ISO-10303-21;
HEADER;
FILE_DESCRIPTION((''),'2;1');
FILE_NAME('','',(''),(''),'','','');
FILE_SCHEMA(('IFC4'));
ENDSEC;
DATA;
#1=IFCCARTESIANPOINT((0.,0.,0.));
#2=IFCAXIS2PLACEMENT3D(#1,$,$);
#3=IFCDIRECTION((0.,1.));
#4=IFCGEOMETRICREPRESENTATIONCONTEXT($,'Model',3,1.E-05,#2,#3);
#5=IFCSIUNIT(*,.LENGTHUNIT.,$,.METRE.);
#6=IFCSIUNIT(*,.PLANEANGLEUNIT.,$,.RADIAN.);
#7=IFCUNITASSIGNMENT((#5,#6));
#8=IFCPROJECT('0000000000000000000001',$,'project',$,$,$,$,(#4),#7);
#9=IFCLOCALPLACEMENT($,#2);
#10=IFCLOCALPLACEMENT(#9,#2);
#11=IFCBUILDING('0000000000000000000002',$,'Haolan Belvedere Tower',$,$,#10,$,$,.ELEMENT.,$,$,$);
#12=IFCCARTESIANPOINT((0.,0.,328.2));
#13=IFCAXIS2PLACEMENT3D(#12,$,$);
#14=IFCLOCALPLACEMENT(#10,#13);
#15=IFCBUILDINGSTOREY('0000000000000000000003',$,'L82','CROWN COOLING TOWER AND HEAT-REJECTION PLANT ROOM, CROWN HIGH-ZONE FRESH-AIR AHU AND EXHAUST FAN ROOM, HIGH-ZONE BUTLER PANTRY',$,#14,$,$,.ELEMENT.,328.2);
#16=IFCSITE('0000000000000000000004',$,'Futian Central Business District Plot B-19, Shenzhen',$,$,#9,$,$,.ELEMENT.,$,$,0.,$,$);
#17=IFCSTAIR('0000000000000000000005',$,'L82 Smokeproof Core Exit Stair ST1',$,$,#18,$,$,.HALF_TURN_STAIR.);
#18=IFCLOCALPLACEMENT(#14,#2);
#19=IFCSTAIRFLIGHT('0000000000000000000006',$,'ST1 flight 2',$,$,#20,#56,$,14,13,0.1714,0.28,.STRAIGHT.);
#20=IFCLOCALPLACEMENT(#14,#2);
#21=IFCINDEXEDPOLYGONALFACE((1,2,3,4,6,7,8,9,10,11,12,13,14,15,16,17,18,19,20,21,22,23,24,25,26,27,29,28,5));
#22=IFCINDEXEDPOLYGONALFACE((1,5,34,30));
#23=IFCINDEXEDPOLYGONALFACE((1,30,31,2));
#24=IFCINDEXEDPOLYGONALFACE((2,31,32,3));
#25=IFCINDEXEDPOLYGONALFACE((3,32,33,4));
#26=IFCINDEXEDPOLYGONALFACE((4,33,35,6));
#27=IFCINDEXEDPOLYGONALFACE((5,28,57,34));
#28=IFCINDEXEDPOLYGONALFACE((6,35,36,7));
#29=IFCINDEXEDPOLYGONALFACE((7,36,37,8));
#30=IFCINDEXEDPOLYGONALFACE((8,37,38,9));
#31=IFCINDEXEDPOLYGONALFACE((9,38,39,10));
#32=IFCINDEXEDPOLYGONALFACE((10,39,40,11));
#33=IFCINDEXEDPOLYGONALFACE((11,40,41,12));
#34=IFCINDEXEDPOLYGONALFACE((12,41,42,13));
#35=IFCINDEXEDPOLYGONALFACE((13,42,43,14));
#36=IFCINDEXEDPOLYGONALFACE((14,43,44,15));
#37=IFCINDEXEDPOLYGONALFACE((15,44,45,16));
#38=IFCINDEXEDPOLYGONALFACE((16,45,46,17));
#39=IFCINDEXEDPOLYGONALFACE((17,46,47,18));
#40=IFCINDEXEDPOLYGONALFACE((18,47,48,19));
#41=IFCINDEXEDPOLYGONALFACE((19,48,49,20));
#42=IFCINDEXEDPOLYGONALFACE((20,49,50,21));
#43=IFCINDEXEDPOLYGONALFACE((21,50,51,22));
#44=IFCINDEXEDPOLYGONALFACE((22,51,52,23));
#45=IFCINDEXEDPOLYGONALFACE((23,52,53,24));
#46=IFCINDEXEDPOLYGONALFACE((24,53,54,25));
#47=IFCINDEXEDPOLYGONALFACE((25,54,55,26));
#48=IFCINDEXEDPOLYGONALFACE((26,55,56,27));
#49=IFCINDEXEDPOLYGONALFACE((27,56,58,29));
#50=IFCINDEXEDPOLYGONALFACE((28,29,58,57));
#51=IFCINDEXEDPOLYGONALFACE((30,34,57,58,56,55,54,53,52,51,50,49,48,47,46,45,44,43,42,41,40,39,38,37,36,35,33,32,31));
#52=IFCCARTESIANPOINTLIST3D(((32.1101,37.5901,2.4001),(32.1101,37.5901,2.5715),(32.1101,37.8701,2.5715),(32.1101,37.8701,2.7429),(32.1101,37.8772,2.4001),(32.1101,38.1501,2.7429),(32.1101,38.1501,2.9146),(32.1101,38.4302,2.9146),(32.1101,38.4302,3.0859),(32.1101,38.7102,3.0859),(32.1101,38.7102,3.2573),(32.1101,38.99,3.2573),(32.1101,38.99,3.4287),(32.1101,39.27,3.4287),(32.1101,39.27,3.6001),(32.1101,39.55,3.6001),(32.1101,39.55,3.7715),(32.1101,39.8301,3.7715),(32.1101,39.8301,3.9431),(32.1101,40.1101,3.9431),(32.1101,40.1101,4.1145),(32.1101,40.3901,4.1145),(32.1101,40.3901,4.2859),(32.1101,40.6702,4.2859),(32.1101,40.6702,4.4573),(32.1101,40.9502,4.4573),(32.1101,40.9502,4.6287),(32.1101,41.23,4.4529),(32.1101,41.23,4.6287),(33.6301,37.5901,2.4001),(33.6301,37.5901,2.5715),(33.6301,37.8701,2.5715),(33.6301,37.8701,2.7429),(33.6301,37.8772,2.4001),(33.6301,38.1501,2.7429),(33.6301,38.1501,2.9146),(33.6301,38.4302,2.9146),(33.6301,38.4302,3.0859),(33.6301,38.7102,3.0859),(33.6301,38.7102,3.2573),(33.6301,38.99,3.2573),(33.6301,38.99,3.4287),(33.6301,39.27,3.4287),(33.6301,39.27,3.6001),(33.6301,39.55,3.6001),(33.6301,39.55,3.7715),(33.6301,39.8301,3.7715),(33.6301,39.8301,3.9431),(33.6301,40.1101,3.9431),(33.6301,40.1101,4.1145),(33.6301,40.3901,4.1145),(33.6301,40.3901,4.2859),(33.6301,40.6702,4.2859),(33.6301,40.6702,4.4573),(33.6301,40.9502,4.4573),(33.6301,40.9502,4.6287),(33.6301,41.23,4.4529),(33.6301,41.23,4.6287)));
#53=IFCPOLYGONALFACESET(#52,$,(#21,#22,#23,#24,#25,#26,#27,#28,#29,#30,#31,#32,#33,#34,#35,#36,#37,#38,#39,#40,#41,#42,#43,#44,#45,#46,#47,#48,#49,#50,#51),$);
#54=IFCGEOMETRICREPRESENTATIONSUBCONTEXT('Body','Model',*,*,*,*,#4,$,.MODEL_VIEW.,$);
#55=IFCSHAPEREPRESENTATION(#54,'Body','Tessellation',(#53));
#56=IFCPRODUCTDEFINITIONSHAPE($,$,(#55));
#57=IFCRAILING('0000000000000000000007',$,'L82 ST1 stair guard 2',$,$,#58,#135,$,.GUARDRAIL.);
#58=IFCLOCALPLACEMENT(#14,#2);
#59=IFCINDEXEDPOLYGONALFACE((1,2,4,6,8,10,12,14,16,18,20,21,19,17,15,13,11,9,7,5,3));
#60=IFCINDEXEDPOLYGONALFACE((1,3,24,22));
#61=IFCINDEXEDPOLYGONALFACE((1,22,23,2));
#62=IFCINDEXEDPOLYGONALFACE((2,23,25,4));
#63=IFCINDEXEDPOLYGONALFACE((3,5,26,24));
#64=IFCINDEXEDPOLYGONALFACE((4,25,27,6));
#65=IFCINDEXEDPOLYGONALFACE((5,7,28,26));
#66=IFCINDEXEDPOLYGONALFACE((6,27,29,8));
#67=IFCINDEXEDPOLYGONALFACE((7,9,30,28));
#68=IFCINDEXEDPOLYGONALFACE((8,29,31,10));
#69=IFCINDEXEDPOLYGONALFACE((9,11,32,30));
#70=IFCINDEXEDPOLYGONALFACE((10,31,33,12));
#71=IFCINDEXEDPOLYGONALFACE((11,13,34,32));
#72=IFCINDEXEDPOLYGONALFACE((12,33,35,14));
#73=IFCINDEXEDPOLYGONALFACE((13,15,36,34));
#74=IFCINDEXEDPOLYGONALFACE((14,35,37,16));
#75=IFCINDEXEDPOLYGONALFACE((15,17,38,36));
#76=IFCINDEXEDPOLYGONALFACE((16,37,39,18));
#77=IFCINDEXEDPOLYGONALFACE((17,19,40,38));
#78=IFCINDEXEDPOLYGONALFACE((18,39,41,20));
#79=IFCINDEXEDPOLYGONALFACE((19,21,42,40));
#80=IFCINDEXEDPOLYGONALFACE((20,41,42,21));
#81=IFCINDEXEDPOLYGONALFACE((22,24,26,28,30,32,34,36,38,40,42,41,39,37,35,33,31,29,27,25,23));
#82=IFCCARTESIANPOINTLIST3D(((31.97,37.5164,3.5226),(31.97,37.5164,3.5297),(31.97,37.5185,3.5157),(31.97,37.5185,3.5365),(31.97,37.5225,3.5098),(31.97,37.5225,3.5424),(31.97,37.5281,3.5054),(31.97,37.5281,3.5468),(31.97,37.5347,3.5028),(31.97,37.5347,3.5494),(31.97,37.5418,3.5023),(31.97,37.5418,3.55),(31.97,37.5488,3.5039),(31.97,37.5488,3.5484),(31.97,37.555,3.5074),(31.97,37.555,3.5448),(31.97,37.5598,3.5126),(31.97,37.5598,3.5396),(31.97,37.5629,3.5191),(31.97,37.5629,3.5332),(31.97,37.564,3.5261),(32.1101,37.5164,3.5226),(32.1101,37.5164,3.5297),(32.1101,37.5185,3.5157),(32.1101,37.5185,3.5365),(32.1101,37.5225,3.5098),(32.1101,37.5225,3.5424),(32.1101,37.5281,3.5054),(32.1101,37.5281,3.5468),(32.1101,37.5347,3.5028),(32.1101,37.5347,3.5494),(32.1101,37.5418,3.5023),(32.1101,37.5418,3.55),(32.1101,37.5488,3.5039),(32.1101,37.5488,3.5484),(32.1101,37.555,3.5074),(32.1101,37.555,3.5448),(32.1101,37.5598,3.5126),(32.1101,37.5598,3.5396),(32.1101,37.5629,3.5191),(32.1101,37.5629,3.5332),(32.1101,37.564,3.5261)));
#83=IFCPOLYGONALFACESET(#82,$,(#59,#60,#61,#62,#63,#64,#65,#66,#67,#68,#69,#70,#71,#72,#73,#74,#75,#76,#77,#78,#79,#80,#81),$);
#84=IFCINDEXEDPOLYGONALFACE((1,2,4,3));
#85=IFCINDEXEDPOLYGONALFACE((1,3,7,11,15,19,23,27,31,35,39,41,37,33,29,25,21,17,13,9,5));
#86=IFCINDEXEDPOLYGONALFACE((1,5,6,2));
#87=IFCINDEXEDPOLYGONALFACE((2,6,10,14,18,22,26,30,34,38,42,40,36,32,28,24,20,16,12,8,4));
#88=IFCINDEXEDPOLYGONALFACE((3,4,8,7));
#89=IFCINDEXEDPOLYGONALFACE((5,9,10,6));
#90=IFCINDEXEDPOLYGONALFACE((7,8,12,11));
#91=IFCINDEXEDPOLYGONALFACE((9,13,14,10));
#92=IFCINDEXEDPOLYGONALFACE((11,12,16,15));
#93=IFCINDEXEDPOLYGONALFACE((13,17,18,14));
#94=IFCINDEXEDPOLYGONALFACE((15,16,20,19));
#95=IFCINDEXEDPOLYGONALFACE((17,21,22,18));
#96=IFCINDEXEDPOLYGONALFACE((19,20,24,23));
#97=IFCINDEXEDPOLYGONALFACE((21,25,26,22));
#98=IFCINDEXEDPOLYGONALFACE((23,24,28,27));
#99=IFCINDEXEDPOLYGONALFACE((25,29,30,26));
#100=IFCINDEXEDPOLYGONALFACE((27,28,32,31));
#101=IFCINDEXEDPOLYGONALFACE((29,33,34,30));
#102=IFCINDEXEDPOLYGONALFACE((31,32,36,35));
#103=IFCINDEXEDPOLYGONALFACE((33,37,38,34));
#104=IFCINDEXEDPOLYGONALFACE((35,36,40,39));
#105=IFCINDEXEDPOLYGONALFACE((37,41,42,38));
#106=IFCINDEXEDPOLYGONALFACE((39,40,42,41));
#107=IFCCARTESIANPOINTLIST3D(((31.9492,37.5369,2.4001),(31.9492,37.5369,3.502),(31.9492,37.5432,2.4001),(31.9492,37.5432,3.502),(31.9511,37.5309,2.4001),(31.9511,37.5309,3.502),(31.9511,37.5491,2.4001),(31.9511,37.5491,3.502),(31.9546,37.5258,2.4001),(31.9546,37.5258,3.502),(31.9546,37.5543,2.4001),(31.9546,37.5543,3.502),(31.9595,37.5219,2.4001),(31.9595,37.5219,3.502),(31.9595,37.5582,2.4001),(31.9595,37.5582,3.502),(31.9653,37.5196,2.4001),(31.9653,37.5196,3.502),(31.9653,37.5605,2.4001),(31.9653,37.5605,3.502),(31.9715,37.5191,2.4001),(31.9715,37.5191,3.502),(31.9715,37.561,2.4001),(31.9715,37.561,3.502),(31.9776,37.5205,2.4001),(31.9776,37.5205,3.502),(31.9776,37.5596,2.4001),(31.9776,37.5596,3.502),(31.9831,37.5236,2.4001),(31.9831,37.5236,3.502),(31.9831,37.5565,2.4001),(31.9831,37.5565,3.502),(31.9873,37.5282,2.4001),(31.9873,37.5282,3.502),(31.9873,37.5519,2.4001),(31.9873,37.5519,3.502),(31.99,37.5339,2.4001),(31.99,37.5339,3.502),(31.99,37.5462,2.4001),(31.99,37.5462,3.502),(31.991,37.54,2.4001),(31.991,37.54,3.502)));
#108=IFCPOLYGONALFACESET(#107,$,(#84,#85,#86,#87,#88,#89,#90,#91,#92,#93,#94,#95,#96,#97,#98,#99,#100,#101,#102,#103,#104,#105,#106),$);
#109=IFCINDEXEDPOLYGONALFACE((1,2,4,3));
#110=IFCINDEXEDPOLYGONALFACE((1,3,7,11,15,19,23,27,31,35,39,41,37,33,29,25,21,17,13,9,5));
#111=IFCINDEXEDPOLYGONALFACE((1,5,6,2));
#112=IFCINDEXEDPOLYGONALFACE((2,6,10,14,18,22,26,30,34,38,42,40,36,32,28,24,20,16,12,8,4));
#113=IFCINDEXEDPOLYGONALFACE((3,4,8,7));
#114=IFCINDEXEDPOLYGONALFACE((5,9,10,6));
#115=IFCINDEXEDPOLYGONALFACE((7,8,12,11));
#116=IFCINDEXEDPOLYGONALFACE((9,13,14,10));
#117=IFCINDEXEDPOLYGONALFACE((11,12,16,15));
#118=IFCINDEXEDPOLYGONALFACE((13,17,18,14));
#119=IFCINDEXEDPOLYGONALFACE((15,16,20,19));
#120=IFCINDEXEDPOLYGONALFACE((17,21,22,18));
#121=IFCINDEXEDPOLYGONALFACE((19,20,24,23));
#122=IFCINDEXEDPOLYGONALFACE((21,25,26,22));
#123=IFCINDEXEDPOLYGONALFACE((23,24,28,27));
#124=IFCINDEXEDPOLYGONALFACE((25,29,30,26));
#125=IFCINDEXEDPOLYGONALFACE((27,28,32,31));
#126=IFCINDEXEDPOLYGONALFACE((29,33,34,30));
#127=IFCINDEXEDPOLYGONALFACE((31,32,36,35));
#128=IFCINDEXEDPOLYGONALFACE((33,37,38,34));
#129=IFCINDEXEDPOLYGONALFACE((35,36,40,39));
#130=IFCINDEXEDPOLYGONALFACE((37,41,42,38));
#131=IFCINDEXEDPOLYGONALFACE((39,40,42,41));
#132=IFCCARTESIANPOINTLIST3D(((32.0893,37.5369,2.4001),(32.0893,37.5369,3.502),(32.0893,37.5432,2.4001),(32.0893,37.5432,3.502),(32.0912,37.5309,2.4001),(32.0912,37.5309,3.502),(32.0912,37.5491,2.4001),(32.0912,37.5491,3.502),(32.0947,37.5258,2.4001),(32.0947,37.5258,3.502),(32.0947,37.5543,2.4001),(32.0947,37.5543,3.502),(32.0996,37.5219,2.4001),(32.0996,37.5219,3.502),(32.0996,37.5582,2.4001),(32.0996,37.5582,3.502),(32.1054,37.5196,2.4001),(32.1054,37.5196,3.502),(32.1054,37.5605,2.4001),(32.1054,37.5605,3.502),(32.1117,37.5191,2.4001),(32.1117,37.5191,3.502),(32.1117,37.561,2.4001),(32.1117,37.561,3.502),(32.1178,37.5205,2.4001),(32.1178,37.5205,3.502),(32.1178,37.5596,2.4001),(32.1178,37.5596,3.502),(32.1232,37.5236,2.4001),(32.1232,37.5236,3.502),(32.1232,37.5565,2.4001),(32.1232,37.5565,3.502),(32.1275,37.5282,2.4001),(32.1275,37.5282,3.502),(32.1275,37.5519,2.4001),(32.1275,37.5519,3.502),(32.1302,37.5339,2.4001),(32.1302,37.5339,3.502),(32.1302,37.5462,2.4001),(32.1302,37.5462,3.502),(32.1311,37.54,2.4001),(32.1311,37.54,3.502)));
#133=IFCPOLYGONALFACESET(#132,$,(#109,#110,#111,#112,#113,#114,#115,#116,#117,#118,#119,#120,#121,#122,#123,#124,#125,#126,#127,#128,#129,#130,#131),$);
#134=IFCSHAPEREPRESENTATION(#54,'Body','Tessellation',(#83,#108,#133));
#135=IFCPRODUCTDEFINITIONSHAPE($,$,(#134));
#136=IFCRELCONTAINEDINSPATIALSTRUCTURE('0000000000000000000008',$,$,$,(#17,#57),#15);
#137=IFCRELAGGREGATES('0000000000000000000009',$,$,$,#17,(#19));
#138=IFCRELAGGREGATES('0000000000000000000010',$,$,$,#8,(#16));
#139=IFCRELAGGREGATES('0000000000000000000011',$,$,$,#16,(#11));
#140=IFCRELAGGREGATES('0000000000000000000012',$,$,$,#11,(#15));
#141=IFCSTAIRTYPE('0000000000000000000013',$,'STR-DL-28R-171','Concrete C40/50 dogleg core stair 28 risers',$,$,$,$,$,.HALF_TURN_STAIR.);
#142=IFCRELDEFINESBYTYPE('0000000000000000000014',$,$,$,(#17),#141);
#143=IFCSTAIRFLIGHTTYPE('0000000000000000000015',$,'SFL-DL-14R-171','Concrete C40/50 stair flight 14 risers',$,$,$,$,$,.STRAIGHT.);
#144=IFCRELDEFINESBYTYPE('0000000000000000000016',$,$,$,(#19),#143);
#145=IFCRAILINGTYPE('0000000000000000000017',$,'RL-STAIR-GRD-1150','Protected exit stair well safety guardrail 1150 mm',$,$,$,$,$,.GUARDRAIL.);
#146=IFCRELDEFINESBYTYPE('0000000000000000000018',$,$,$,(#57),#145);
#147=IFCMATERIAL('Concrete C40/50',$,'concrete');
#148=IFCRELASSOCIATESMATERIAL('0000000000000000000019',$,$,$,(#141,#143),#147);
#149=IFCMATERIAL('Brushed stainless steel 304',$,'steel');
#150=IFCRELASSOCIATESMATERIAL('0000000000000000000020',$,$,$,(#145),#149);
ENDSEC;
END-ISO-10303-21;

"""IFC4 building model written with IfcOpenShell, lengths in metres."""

from ifc_helpers import new_model, si_unit, direction, frame, origin, origin_2d, place, context, subcontext, project, spatial, polyline, circle, outline, extrude, material, type_object, element, aggregate, save


model = new_model("IFC4")

# Units and contexts
model_context = context("Model", 3, precision=1e-05, world=origin(), true_north=direction((0.0, 1.0)))
body_context = subcontext(model_context, "Body", "Model", "MODEL_VIEW")
ifc_project = project(units=[si_unit("LENGTHUNIT", "METRE"), si_unit("PLANEANGLEUNIT", "RADIAN")], contexts=[model_context])

# Site, building, storey
site_placement = place(None, origin())
site = spatial("IfcSite", under=ifc_project, at=site_placement, Name="Futian Central Business District Plot B-19, Shenzhen", CompositionType="ELEMENT", RefElevation=0.0)
building_placement = place(site_placement, origin())
building = spatial("IfcBuilding", under=site, at=building_placement, Name="Haolan Belvedere Tower", CompositionType="ELEMENT")
storey_placement = place(building_placement, frame((0.0, 0.0, 328.2)))
storey = spatial("IfcBuildingStorey", under=building, at=storey_placement, Name="L82", Description="CROWN COOLING TOWER AND HEAT-REJECTION PLANT ROOM, CROWN HIGH-ZONE FRESH-AIR AHU AND EXHAUST FAN ROOM, HIGH-ZONE BUTLER PANTRY", CompositionType="ELEMENT", Elevation=328.2)

# Stair, stair flight
ifc_material_1 = material(Name="Concrete C40/50", Category="concrete")
stair_type = type_object("IfcStairType", Name="STR-DL-28R-171", Description="Concrete C40/50 dogleg core stair 28 risers", PredefinedType="HALF_TURN_STAIR", material=ifc_material_1)
stair_placement = place(storey_placement, origin())
stair = element("IfcStair", 1, at=stair_placement, inside=storey, type_object=stair_type, Name="L82 Smokeproof Core Exit Stair ST1", PredefinedType="HALF_TURN_STAIR")
stair_flight_type = type_object("IfcStairFlightType", Name="SFL-DL-14R-171", Description="Concrete C40/50 stair flight 14 risers", PredefinedType="STRAIGHT", material=ifc_material_1)
stair_flight_placement = place(storey_placement, frame((32.8701, 37.5901, 2.4001), z_axis=(0.0, 0.0, 1.0), x_axis=(0.0, 1.0, 0.0)))
stair_flight = element("IfcStairFlight", 2, at=stair_flight_placement, type_object=stair_flight_type, Name="ST1 flight 2", NumberOfRisers=14, NumberOfTreads=13, PredefinedType="STRAIGHT", RiserHeight=0.1714, TreadLength=0.28, context=body_context, shape_type="SweptSolid", body=[
    extrude(outline(polyline([(0.0, 0.0), (0.0, 0.1714), (0.28, 0.1714), (0.28, 0.3428), (0.5601, 0.3428), (0.5601, 0.5144), (0.8401, 0.5144), (0.8401, 0.6858), (1.1201, 0.6858), (1.1201, 0.8572), (1.3999, 0.8572), (1.3999, 1.0286), (1.6799, 1.0286), (1.6799, 1.2), (1.96, 1.2), (1.96, 1.3713), (2.24, 1.3713), (2.24, 1.543), (2.52, 1.543), (2.52, 1.7144), (2.8, 1.7144), (2.8, 1.8857), (3.0801, 1.8857), (3.0801, 2.0571), (3.3601, 2.0571), (3.3601, 2.2285), (3.6399, 2.2285), (3.6399, 2.3999), (3.6399, 2.0527), (0.2871, 0.0), (0.0, 0.0)])), frame((0.0, 0.76, 0.0), z_axis=(0.0, -1.0, 0.0), x_axis=(1.0, 0.0, 0.0)), (0.0, 0.0, 1.0), 1.52),
])
aggregate(stair, [stair_flight])

# Railing
ifc_material_2 = material(Name="Brushed stainless steel 304", Category="steel")
railing_type_1 = type_object("IfcRailingType", Name="RL-STAIR-GRD-1150", Description="Protected exit stair well safety guardrail 1150 mm", PredefinedType="GUARDRAIL", material=ifc_material_2)
railing_1_placement = place(storey_placement, frame((31.97, 37.54, 2.4001)))
element("IfcRailing", 3, at=railing_1_placement, inside=storey, type_object=railing_type_1, Name="L82 ST1 stair guard 2", PredefinedType="GUARDRAIL", context=body_context, shape_type="SweptSolid", body=[
    extrude(circle(Radius=0.0239, at=origin_2d()), frame((0.0, 0.0, 1.126), z_axis=(1.0, 0.0, 0.0), x_axis=(0.0, 1.0, 0.0)), (0.0, 0.0, 1.0), 0.1401),
    extrude(circle(Radius=0.021, at=origin_2d()), origin(), (0.0, 0.0, 1.0), 1.1018),
    extrude(circle(Radius=0.021, at=origin_2d()), frame((0.1401, 0.0, 0.0)), (0.0, 0.0, 1.0), 1.1018),
])

save(model, "model.ifc")
